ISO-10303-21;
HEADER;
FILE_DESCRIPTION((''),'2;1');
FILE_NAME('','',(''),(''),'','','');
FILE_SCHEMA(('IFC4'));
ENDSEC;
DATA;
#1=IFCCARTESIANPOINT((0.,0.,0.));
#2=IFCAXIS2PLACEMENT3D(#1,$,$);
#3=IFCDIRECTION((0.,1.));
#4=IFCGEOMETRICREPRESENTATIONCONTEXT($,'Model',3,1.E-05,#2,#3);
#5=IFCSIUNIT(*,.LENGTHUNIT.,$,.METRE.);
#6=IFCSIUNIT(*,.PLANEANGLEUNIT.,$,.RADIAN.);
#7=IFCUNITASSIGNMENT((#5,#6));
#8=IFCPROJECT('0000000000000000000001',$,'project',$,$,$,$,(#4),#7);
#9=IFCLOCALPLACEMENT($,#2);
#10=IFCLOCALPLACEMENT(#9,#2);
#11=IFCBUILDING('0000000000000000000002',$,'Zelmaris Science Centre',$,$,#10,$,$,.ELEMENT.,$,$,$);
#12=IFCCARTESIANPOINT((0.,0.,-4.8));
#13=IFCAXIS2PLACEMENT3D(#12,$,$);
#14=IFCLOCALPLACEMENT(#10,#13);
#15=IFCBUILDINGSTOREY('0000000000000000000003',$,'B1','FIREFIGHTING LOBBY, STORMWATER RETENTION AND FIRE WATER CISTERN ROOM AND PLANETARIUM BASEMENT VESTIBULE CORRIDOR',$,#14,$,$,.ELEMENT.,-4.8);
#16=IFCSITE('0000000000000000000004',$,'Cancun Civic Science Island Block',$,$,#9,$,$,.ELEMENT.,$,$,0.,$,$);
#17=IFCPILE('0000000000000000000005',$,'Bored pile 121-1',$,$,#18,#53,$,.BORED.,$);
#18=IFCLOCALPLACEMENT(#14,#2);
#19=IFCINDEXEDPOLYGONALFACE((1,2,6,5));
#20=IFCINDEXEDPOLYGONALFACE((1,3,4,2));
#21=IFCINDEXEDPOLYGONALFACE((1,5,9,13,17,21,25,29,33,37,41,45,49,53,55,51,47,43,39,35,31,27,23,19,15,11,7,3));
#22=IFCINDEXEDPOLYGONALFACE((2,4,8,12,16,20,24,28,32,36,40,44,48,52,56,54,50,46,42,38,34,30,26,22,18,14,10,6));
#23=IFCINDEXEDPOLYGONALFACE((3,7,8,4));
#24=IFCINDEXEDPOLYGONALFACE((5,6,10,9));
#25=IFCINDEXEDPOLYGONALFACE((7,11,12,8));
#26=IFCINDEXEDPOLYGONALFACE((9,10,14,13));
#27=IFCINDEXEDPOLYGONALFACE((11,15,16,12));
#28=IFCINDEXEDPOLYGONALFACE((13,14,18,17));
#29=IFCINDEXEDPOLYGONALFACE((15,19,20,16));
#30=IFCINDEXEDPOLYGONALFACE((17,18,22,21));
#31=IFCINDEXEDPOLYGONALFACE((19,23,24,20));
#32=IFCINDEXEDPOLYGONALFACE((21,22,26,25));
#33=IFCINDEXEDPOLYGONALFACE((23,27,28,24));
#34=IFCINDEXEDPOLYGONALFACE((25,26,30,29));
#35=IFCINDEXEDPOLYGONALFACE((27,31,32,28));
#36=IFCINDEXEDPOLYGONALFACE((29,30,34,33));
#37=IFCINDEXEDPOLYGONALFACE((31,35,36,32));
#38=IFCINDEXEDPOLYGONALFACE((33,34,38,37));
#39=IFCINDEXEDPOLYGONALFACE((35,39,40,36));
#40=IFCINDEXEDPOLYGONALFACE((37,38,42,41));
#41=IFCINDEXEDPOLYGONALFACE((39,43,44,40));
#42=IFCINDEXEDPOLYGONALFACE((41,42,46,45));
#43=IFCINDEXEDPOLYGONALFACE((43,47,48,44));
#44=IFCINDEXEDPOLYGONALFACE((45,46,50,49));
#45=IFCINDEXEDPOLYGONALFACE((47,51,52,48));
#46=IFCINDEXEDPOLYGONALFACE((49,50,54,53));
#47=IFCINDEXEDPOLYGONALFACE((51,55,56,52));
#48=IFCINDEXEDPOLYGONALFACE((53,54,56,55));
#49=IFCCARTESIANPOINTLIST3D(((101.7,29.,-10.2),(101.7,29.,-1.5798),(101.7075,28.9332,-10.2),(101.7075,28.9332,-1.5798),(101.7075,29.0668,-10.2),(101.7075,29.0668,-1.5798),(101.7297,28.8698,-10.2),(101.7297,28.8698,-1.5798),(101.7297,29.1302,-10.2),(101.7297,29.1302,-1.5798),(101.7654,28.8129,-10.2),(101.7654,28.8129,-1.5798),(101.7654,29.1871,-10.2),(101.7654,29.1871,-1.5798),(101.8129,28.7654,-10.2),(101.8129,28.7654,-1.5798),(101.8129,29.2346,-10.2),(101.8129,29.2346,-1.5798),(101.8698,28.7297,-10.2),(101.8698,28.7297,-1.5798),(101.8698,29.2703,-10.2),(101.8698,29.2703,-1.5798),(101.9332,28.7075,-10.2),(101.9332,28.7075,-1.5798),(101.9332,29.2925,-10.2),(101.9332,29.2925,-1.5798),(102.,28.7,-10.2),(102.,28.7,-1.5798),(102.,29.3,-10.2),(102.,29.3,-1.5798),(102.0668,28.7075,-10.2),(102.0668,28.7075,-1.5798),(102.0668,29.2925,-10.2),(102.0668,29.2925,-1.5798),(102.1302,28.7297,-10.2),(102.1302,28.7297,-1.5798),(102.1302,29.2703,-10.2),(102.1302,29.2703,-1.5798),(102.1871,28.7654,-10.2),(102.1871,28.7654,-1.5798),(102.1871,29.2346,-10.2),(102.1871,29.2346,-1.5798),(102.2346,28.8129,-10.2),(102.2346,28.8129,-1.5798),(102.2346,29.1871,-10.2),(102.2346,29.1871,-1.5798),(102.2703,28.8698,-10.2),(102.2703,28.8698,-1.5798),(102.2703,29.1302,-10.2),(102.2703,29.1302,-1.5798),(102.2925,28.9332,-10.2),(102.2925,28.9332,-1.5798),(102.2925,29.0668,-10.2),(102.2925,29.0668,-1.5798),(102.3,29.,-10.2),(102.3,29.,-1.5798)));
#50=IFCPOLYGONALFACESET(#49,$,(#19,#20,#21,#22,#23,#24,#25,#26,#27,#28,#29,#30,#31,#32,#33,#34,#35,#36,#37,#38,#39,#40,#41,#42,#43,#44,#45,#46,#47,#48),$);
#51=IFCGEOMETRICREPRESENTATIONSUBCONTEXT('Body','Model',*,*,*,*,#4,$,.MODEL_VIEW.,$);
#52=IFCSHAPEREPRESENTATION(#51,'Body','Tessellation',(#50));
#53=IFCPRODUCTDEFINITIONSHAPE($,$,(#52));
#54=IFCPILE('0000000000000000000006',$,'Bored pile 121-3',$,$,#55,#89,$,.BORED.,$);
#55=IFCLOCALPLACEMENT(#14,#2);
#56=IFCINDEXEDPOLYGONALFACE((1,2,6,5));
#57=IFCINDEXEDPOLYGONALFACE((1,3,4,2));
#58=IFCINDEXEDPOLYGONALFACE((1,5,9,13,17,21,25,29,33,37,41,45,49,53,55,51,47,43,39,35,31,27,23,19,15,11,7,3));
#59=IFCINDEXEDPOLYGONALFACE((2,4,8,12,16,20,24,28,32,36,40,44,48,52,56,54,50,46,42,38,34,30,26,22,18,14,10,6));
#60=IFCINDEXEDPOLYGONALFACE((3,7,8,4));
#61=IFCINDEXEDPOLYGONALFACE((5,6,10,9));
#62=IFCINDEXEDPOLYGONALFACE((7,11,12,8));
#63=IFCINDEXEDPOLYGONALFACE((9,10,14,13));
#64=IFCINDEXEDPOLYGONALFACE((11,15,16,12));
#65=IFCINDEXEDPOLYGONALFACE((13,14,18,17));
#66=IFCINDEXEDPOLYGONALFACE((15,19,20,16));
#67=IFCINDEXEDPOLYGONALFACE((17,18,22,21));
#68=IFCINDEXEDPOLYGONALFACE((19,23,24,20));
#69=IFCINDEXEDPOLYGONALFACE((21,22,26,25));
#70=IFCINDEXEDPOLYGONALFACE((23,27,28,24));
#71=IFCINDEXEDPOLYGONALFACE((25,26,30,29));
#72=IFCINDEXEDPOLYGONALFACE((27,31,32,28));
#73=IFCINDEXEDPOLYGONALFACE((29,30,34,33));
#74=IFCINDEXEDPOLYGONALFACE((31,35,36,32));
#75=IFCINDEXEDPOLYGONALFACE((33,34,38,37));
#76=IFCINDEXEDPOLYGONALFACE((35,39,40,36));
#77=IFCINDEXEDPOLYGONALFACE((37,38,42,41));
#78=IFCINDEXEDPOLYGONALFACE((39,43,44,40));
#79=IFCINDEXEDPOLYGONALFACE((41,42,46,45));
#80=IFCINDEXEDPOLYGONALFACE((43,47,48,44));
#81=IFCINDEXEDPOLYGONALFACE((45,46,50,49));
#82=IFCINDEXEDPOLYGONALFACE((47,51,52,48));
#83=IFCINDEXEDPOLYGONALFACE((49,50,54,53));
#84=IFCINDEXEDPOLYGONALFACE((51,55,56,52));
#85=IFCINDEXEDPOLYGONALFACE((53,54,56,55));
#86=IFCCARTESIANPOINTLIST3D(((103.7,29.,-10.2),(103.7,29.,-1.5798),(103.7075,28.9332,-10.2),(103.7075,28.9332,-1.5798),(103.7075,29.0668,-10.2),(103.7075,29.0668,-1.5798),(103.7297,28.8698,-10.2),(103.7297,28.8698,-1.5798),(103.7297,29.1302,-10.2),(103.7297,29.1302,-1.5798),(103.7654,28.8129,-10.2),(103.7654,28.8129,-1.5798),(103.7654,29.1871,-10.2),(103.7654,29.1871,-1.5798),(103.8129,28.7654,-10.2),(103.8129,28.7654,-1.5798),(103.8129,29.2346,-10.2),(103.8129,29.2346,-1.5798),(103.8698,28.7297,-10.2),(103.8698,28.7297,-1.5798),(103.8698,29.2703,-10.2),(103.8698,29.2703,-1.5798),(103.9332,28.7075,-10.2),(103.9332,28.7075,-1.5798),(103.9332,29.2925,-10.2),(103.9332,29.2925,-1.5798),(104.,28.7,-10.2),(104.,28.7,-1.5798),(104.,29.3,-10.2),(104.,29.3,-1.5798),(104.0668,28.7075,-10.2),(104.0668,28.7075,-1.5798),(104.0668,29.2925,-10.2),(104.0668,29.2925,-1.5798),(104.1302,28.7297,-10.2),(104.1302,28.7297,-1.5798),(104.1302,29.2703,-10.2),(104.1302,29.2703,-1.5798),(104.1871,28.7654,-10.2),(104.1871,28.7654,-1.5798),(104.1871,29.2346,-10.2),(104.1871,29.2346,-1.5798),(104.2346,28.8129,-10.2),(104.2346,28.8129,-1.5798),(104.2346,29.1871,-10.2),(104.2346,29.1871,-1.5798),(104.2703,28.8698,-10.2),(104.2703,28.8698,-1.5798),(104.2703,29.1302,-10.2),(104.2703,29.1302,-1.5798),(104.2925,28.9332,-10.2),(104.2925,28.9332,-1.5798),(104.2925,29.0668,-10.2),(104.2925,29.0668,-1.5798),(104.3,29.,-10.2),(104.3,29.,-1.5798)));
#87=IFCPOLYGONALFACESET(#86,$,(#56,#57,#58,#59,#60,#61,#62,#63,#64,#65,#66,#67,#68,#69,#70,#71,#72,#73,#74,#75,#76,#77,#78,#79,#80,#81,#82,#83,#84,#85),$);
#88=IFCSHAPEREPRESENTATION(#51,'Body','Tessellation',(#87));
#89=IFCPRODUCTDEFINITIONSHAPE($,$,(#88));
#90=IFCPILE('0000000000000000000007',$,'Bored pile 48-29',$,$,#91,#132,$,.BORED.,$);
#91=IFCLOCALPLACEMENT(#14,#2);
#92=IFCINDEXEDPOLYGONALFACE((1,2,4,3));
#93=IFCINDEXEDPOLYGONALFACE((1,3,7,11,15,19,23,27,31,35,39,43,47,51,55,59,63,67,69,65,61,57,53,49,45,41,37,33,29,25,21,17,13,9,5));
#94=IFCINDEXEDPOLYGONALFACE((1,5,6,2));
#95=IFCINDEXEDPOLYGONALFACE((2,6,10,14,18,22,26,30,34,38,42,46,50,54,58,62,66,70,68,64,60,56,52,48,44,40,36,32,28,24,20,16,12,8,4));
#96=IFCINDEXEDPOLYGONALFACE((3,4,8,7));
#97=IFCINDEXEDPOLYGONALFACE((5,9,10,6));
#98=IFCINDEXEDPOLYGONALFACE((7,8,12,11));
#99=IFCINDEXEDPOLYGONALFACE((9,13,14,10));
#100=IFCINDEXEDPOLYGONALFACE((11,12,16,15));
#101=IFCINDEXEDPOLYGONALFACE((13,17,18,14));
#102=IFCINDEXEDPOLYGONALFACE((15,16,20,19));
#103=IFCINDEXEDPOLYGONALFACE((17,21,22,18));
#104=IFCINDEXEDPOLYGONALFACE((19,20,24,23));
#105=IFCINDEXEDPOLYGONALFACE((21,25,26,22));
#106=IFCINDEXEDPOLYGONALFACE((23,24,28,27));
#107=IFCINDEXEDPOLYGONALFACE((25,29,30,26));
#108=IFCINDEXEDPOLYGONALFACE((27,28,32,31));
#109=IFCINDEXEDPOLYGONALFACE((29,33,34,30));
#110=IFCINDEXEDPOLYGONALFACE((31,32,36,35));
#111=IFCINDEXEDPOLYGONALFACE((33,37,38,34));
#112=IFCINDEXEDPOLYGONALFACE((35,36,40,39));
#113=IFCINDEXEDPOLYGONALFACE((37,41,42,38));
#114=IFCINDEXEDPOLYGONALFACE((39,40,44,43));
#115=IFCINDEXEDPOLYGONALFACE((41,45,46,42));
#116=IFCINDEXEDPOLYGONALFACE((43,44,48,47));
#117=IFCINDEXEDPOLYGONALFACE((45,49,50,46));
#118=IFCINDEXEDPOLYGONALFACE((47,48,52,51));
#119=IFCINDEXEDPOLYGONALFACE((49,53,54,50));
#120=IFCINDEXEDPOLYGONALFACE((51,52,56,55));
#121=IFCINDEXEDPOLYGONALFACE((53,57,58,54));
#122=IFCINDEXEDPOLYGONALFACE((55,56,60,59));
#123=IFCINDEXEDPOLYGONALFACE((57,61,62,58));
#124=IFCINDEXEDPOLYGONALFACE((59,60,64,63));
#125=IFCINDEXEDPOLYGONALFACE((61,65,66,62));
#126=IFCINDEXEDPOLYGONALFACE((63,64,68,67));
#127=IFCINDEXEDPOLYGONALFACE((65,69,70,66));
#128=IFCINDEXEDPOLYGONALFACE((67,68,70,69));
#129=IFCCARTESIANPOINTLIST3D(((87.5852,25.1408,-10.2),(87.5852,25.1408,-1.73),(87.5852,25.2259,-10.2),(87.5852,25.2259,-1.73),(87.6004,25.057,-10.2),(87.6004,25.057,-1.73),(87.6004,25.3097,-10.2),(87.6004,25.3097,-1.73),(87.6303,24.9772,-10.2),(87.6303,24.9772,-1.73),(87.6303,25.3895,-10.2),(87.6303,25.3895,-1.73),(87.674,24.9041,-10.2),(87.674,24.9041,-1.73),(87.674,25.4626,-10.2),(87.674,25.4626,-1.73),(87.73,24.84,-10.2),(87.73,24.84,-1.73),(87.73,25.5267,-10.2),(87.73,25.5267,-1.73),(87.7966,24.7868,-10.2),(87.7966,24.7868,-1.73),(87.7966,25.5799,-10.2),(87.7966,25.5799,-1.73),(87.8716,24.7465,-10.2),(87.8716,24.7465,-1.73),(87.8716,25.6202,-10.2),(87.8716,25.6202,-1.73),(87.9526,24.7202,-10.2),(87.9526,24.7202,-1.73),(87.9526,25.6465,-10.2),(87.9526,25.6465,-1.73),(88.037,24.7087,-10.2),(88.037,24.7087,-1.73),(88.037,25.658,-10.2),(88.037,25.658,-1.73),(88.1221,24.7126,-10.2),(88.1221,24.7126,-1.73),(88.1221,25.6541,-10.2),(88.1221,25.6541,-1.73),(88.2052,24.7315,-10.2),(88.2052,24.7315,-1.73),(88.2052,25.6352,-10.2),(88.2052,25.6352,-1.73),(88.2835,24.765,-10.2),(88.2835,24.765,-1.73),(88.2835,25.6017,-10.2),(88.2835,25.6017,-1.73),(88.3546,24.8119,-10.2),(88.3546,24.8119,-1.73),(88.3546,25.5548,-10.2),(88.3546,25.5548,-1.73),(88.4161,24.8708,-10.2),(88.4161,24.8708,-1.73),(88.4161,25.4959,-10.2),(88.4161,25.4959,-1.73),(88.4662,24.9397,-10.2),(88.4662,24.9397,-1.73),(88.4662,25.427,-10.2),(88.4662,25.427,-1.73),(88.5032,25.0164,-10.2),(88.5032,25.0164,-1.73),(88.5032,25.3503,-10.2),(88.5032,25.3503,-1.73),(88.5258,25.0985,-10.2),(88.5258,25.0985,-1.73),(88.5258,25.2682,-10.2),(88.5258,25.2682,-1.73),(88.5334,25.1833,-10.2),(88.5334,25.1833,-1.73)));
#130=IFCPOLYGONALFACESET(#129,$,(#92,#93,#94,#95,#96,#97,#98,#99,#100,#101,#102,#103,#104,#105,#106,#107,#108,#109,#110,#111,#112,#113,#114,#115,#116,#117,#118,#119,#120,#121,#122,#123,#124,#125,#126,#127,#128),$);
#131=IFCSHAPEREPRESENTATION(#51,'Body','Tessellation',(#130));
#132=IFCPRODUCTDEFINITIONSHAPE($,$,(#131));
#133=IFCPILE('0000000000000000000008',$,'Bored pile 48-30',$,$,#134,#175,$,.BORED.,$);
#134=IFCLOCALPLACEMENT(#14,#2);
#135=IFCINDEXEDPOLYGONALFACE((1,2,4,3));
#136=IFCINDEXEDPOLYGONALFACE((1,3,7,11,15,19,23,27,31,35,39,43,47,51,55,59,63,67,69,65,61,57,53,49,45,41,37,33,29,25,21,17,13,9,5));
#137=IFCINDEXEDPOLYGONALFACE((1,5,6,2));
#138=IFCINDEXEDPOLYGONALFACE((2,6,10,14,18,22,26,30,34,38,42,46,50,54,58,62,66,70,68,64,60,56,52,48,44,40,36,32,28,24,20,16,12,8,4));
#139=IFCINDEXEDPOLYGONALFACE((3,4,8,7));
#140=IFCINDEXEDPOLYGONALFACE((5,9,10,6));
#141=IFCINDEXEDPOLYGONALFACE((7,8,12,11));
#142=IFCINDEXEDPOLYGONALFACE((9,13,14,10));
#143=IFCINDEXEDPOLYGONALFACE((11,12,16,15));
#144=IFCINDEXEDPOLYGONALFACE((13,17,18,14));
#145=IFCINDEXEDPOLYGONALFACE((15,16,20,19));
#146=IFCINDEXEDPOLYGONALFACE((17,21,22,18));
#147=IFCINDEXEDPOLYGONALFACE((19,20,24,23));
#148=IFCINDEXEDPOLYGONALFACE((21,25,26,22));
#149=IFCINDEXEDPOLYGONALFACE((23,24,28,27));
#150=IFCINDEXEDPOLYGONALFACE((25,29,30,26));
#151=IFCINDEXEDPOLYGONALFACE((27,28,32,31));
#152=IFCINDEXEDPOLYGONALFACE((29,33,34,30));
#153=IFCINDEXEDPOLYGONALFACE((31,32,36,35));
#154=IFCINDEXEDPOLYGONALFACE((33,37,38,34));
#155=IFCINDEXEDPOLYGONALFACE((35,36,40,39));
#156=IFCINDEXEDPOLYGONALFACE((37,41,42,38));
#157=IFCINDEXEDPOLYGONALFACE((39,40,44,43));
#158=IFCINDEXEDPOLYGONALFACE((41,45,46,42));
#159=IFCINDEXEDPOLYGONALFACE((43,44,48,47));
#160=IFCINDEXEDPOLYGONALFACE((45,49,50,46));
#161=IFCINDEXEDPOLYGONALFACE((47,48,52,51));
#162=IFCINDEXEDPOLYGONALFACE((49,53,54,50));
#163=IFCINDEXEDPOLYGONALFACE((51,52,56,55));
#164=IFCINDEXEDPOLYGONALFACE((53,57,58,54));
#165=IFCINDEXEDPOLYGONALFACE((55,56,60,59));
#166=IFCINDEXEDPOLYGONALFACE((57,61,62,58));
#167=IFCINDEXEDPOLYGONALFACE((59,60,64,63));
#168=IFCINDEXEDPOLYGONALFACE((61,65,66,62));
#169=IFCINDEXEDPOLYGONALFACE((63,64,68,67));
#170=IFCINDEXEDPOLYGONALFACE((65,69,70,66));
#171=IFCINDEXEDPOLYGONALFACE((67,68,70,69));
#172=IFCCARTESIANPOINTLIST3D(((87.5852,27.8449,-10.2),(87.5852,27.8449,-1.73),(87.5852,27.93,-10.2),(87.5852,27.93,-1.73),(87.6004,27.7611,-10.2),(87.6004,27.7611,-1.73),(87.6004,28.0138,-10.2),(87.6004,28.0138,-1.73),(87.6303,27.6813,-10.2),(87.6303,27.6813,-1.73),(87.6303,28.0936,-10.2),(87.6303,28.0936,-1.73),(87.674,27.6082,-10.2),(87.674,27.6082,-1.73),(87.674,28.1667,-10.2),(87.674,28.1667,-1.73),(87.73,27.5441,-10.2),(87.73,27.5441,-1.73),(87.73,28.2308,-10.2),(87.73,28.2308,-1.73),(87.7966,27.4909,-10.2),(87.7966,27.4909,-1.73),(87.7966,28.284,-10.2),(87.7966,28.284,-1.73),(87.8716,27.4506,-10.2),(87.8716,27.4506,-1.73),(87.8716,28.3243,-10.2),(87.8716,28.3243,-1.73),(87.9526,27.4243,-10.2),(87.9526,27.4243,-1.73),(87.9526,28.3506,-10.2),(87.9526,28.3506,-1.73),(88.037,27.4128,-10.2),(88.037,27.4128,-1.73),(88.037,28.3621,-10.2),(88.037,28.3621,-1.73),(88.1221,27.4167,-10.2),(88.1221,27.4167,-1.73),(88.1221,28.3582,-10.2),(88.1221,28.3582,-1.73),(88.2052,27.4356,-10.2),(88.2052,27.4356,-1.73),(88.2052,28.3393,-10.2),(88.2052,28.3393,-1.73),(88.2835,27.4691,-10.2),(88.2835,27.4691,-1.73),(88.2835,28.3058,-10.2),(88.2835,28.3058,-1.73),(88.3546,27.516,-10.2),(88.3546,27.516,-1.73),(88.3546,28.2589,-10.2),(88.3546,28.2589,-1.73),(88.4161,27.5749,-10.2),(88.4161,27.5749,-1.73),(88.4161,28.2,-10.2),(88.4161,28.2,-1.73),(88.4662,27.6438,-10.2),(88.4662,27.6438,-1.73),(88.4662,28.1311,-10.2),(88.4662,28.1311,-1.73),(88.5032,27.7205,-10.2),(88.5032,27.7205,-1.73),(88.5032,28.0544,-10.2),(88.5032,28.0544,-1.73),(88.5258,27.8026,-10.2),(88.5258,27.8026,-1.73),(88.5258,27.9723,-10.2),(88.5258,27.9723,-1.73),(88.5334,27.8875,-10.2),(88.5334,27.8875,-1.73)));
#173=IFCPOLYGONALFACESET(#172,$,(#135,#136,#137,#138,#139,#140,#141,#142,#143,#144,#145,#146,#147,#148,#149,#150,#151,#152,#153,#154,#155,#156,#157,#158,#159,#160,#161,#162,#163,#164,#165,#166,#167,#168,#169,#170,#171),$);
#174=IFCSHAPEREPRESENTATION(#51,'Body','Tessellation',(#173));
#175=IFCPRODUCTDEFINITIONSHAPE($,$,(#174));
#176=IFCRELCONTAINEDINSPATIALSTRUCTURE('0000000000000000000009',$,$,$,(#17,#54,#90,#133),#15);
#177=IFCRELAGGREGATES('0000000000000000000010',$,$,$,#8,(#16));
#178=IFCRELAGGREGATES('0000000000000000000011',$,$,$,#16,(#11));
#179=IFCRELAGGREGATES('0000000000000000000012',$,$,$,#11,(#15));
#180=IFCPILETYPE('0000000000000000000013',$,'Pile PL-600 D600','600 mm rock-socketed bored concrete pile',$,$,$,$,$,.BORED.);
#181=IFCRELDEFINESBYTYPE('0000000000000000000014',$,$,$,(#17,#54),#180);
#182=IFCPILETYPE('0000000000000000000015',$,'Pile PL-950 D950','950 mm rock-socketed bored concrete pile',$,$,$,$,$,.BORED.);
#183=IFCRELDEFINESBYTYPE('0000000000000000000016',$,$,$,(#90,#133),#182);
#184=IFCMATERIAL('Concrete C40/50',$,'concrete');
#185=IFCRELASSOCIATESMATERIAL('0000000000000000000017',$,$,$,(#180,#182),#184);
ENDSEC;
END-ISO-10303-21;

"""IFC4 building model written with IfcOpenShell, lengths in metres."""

from ifc_helpers import new_model, si_unit, direction, frame, origin, origin_2d, place, context, subcontext, project, spatial, circle, extrude, material, material_profile, profile_set, type_object, element, save


model = new_model("IFC4")

# Units and contexts
model_context = context("Model", 3, precision=1e-05, world=origin(), true_north=direction((0.0, 1.0)))
body_context = subcontext(model_context, "Body", "Model", "MODEL_VIEW")
ifc_project = project(units=[si_unit("LENGTHUNIT", "METRE"), si_unit("PLANEANGLEUNIT", "RADIAN")], contexts=[model_context])

# Site, building, storey
site_placement = place(None, origin())
site = spatial("IfcSite", under=ifc_project, at=site_placement, Name="Cancun Civic Science Island Block", CompositionType="ELEMENT", RefElevation=0.0)
building_placement = place(site_placement, origin())
building = spatial("IfcBuilding", under=site, at=building_placement, Name="Zelmaris Science Centre", CompositionType="ELEMENT")
storey_placement = place(building_placement, frame((0.0, 0.0, -4.8)))
storey = spatial("IfcBuildingStorey", under=building, at=storey_placement, Name="B1", Description="FIREFIGHTING LOBBY, STORMWATER RETENTION AND FIRE WATER CISTERN ROOM AND PLANETARIUM BASEMENT VESTIBULE CORRIDOR", CompositionType="ELEMENT", Elevation=-4.8)

# Piles
ifc_material_1 = material(Name="Concrete C40/50", Category="concrete")
ifc_material_profile_1 = material_profile(ifc_material_1, circle(Radius=0.3, at=origin_2d()), Name="PILE-600")
ifc_profile_set_1 = profile_set([ifc_material_profile_1], Name="Concrete C40/50")
pile_type_1 = type_object("IfcPileType", Name="Pile PL-600 D600", Description="600 mm rock-socketed bored concrete pile", PredefinedType="BORED", material=ifc_profile_set_1)
for number, where, z_axis, x_axis, name in (
    (1, (102.0, 29.0, -1.5798), (0.0, 0.0, -1.0), (1.0, 0.0, 0.0), "Bored pile 121-1"),
    (2, (104.0, 29.0, -1.5798), (0.0, 0.0, -1.0), (1.0, 0.0, 0.0), "Bored pile 121-3"),
):
    element("IfcPile", number, at=place(storey_placement, frame(where, z_axis=z_axis, x_axis=x_axis)), inside=storey, type_object=pile_type_1, Name=name, PredefinedType="BORED", context=body_context, shape_type="SweptSolid", body=[
        extrude(circle(Radius=0.3, at=origin_2d()), origin(), (0.0, 0.0, 1.0), 8.6201),
    ])
ifc_material_profile_2 = material_profile(ifc_material_1, circle(Radius=0.4751, at=origin_2d()), Name="PILE-950")
ifc_profile_set_2 = profile_set([ifc_material_profile_2], Name="Concrete C40/50")
pile_type_2 = type_object("IfcPileType", Name="Pile PL-950 D950", Description="950 mm rock-socketed bored concrete pile", PredefinedType="BORED", material=ifc_profile_set_2)
for number, where, z_axis, x_axis, name in (
    (3, (88.0583, 25.1833, -1.73), (0.0, 0.0, -1.0), (1.0, 0.0, 0.0), "Bored pile 48-29"),
    (4, (88.0583, 27.8875, -1.73), (0.0, 0.0, -1.0), (1.0, 0.0, 0.0), "Bored pile 48-30"),
):
    element("IfcPile", number, at=place(storey_placement, frame(where, z_axis=z_axis, x_axis=x_axis)), inside=storey, type_object=pile_type_2, Name=name, PredefinedType="BORED", context=body_context, shape_type="SweptSolid", body=[
        extrude(circle(Radius=0.4751, at=origin_2d()), origin(), (0.0, 0.0, 1.0), 8.47),
    ])

save(model, "model.ifc")
